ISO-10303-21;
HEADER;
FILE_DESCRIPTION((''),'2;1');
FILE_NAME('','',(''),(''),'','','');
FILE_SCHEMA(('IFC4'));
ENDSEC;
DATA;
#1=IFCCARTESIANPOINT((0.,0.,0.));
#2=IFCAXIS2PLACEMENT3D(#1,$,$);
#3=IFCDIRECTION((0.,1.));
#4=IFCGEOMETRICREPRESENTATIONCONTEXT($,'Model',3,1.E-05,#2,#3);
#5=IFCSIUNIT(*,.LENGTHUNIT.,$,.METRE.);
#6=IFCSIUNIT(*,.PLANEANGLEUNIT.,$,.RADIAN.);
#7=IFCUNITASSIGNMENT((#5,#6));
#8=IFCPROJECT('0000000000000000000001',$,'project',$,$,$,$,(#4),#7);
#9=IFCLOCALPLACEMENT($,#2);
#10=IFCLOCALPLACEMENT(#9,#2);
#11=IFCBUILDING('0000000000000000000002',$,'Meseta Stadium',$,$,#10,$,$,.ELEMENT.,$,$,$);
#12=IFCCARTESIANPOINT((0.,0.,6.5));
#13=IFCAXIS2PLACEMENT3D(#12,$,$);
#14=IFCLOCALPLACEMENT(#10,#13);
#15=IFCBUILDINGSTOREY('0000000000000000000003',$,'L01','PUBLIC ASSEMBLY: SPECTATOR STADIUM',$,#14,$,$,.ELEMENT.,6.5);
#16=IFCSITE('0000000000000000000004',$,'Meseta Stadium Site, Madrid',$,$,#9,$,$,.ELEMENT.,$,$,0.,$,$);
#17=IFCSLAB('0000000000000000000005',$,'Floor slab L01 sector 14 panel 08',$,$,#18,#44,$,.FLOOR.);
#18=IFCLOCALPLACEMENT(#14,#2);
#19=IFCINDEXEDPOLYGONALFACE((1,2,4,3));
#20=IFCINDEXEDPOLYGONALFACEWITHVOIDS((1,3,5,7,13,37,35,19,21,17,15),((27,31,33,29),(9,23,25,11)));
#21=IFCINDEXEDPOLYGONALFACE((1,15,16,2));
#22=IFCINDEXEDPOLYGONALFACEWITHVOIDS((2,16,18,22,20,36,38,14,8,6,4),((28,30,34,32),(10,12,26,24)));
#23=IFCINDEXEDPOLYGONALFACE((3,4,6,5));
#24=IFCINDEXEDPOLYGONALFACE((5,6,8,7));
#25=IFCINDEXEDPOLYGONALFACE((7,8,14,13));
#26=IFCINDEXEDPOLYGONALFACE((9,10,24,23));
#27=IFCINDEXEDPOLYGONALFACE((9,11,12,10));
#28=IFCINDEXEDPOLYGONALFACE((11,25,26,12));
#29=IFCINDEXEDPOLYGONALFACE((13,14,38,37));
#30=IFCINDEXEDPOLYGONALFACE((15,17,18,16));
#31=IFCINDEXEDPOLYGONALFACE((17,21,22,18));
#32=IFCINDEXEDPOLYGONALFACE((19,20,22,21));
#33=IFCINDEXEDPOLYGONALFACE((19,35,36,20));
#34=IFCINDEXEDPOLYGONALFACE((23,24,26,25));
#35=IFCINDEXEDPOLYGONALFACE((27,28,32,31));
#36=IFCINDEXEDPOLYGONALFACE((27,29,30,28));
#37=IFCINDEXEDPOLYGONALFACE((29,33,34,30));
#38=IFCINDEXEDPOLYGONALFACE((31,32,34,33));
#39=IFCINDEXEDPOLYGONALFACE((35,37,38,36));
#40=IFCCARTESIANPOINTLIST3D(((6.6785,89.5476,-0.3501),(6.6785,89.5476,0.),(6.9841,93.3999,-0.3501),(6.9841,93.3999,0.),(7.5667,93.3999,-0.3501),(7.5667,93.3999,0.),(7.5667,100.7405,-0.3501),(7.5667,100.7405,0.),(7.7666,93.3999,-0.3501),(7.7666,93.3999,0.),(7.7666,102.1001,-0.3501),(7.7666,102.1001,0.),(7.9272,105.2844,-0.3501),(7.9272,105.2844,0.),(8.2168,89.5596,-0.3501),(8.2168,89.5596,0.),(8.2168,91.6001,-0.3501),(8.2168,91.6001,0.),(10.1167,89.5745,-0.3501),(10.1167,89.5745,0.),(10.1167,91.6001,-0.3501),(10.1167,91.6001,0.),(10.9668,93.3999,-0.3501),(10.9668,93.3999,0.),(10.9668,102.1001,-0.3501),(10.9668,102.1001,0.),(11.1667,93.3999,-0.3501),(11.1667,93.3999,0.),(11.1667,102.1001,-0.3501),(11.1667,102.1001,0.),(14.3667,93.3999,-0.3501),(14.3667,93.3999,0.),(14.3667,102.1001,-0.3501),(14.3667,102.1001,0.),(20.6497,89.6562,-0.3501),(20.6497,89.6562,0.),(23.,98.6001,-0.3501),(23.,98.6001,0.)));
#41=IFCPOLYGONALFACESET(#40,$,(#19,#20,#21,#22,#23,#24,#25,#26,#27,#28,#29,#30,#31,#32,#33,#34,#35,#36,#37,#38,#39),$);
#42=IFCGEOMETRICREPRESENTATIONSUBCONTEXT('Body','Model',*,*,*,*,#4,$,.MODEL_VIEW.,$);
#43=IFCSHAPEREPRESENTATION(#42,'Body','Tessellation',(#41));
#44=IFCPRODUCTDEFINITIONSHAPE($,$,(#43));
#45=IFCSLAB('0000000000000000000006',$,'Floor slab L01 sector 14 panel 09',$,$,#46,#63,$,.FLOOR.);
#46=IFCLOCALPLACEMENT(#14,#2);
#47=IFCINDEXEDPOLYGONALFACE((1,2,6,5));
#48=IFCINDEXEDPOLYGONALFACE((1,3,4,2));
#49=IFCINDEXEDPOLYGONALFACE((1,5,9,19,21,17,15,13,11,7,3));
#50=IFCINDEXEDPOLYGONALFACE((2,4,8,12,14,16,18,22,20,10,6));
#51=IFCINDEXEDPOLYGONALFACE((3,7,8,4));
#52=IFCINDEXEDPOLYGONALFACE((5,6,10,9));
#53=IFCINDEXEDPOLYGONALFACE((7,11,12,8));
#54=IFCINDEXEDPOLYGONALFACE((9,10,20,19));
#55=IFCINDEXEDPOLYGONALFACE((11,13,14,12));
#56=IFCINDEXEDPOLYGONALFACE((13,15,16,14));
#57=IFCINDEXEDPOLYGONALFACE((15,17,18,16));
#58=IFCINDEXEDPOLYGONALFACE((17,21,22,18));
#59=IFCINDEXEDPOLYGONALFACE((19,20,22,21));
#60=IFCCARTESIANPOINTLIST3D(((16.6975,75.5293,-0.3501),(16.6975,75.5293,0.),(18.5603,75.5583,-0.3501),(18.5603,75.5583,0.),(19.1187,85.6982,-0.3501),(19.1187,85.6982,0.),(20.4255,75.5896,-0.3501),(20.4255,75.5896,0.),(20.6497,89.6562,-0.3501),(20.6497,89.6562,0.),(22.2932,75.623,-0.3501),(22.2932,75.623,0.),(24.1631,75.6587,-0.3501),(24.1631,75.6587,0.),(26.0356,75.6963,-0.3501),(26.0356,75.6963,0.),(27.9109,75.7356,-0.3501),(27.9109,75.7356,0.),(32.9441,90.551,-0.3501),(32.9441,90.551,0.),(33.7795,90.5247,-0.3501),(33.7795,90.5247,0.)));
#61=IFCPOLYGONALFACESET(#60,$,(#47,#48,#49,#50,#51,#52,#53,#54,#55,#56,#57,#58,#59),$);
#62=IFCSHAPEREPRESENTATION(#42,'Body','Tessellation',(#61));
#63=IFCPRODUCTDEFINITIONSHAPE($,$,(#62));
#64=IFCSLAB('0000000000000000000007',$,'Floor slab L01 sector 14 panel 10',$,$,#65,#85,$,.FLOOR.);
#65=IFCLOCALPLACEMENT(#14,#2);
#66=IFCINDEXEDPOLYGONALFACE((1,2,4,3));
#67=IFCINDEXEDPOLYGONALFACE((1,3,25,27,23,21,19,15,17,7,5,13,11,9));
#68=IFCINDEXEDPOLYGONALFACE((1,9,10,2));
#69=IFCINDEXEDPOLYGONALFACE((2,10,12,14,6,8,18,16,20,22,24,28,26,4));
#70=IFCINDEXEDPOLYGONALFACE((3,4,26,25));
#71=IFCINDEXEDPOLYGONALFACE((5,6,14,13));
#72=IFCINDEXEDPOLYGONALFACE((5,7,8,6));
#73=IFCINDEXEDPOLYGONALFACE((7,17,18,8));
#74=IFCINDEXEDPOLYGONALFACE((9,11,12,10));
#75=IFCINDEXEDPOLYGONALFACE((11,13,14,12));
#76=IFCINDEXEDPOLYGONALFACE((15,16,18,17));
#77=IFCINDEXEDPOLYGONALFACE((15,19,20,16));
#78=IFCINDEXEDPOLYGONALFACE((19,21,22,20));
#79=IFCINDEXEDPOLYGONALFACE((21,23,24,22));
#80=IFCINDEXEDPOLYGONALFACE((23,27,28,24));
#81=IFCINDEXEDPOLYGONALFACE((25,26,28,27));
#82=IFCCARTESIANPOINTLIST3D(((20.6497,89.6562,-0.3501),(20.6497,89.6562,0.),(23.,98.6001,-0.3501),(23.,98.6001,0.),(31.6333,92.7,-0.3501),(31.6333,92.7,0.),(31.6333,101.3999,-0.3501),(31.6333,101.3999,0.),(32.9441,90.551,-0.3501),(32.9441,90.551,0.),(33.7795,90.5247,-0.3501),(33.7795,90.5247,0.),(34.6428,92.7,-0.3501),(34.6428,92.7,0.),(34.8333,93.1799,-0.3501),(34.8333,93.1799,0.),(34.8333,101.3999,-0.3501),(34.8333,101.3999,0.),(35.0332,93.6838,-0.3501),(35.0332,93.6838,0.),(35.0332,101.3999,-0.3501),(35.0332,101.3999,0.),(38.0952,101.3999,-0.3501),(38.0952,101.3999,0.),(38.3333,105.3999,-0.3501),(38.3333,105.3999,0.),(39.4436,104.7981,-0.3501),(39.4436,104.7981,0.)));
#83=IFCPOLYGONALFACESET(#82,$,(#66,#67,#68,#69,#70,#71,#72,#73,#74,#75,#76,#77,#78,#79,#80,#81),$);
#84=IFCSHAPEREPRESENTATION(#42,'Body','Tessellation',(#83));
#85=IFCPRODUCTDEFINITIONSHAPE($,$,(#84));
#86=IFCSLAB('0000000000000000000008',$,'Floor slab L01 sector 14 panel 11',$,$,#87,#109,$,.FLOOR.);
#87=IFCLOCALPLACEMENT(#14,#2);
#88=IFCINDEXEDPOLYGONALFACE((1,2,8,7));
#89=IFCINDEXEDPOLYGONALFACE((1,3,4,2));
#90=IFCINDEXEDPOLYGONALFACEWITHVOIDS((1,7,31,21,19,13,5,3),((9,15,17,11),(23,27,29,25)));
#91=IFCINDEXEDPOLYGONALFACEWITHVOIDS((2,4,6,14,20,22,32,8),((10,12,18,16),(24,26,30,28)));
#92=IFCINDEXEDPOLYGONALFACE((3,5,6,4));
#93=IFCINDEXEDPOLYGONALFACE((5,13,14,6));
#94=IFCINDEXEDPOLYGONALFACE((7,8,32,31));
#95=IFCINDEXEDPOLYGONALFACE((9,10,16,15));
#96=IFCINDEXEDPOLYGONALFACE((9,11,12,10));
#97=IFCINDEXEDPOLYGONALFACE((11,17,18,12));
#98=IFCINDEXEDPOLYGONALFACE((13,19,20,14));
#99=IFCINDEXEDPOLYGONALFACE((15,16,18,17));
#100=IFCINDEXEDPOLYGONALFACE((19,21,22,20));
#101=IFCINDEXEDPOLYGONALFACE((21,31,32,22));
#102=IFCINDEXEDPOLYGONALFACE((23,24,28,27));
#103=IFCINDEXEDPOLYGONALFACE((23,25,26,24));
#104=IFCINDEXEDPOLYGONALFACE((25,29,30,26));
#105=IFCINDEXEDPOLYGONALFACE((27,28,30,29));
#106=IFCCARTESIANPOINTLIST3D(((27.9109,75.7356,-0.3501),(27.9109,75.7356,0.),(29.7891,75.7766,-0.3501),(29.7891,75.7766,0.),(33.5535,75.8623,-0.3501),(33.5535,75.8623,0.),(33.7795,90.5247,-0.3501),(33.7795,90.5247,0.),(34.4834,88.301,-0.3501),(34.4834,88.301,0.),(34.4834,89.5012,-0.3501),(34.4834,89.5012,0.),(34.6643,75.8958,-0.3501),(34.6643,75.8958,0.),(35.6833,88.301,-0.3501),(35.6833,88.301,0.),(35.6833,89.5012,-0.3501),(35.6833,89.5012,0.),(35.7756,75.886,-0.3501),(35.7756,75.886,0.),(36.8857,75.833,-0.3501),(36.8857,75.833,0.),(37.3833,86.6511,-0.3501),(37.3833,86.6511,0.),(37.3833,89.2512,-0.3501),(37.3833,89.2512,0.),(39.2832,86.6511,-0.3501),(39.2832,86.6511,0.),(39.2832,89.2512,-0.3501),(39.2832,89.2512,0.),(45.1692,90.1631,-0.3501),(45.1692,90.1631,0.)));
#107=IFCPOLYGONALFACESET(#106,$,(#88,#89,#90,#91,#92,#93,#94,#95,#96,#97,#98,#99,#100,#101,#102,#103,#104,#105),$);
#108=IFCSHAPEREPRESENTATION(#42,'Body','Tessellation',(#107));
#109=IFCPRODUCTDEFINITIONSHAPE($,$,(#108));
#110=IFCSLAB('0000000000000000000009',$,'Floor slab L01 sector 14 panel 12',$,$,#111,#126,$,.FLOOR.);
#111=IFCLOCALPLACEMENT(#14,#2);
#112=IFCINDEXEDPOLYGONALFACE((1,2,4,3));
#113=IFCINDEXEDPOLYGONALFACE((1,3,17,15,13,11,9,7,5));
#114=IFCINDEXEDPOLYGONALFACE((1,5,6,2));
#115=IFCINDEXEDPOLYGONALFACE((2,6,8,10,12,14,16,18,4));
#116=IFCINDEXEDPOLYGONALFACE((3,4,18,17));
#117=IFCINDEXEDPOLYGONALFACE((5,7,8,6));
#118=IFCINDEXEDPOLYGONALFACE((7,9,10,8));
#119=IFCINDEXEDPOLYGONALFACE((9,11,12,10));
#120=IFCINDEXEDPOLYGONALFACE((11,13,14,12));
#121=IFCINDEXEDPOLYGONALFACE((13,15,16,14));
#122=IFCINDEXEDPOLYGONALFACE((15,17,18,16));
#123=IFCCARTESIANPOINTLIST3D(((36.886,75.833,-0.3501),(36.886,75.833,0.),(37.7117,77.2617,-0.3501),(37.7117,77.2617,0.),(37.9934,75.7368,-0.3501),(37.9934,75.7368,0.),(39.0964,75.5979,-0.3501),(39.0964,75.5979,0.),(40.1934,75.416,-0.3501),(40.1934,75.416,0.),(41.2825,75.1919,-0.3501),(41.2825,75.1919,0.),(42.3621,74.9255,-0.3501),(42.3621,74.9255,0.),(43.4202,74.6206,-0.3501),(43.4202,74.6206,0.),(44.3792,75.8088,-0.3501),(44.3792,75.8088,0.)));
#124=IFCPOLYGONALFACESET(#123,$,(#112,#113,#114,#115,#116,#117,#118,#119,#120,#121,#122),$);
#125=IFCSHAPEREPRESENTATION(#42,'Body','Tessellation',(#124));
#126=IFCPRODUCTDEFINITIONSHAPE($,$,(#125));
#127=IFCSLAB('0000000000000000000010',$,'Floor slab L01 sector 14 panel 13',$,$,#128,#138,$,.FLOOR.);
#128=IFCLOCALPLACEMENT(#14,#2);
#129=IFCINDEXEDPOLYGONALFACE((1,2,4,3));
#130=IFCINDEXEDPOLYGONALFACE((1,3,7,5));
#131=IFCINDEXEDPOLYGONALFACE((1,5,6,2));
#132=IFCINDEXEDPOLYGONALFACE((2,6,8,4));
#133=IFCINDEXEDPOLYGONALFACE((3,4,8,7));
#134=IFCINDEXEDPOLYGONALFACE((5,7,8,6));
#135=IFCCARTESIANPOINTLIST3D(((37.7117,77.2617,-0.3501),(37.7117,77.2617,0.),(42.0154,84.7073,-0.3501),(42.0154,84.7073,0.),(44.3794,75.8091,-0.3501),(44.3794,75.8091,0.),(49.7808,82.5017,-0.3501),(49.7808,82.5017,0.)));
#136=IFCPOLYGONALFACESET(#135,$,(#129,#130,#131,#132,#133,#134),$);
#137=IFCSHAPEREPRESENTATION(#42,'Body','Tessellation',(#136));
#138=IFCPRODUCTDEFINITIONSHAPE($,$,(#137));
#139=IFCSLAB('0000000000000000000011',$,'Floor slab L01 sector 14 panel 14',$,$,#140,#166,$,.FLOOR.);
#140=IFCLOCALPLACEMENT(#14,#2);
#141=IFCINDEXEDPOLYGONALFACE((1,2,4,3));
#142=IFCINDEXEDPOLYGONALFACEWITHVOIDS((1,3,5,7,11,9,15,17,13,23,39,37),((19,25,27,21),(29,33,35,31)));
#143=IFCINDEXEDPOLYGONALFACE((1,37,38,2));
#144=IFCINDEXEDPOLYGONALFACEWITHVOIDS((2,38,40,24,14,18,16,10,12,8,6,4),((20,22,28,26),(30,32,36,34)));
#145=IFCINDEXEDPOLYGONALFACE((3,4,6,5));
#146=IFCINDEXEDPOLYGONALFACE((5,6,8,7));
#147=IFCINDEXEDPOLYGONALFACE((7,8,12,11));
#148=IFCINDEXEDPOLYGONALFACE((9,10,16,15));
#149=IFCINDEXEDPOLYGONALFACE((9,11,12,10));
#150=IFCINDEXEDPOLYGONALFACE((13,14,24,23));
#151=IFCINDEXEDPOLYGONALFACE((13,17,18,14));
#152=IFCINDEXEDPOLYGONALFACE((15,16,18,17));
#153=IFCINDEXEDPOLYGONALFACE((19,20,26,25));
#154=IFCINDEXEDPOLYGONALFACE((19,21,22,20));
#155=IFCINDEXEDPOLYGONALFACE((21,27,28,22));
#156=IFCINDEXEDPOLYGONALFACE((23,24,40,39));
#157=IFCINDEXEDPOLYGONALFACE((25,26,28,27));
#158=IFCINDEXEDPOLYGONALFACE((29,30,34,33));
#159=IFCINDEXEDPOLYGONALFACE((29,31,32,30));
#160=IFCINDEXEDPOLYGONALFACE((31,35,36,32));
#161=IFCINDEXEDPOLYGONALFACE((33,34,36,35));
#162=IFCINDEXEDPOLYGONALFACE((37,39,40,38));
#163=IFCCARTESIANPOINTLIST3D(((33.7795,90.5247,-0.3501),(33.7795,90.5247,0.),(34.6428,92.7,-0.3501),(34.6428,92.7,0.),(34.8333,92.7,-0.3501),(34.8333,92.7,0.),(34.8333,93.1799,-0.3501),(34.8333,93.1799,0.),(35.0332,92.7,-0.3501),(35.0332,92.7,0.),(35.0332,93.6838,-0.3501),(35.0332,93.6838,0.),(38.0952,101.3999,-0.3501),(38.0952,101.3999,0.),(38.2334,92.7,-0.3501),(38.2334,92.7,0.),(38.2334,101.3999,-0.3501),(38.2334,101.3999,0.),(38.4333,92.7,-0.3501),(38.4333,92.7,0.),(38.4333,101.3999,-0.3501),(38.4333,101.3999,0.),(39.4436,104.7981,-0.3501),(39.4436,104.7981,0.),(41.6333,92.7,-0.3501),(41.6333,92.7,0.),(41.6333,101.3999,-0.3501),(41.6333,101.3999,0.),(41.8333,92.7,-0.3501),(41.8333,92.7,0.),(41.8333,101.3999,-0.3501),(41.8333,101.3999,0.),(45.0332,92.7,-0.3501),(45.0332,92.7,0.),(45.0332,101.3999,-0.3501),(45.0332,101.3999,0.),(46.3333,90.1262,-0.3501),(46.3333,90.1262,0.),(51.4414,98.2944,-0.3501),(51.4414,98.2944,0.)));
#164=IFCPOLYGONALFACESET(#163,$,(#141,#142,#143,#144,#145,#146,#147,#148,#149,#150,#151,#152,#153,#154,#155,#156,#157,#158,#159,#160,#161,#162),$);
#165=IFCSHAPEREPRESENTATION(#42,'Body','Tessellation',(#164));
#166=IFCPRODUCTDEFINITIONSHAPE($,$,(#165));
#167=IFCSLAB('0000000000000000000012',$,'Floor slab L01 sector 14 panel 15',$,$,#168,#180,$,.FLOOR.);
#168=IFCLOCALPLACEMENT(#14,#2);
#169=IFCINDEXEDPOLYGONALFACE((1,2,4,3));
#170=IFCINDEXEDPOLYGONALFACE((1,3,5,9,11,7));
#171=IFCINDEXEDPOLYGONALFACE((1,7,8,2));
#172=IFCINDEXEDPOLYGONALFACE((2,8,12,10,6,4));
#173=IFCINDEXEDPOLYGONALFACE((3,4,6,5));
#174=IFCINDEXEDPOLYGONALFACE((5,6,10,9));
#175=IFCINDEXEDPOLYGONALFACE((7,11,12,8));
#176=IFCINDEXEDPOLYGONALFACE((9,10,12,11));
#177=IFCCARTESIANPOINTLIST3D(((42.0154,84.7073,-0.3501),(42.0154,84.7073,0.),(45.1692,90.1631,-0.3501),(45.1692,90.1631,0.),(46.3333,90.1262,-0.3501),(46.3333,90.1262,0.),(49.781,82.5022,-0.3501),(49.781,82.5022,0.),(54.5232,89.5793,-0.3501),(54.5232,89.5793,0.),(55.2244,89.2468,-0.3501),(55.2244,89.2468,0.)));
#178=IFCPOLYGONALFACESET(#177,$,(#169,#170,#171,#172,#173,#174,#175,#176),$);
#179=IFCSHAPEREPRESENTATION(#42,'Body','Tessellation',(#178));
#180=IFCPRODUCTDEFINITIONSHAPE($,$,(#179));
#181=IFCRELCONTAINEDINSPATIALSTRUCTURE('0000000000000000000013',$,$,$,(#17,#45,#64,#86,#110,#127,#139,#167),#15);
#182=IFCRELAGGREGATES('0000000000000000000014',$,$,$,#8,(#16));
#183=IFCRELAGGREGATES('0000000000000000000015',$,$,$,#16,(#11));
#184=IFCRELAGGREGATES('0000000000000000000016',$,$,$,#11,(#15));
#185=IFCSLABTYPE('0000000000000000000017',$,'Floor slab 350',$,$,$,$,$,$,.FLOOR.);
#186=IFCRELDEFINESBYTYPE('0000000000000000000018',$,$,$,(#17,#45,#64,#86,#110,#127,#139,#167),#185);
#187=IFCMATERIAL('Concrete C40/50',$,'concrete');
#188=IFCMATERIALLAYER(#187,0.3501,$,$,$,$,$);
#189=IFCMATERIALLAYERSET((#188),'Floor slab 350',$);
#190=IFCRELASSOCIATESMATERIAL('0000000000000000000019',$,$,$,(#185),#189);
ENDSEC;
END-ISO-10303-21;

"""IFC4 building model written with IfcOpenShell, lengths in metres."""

from ifc_helpers import new_model, si_unit, direction, frame, origin, place, context, subcontext, project, spatial, polyline, outline, extrude, material, layer, layer_set, type_object, element, save


model = new_model("IFC4")

# Units and contexts
model_context = context("Model", 3, precision=1e-05, world=origin(), true_north=direction((0.0, 1.0)))
body_context = subcontext(model_context, "Body", "Model", "MODEL_VIEW")
ifc_project = project(units=[si_unit("LENGTHUNIT", "METRE"), si_unit("PLANEANGLEUNIT", "RADIAN")], contexts=[model_context])

# Site, building, storey
site_placement = place(None, origin())
site = spatial("IfcSite", under=ifc_project, at=site_placement, Name="Meseta Stadium Site, Madrid", CompositionType="ELEMENT", RefElevation=0.0)
building_placement = place(site_placement, origin())
building = spatial("IfcBuilding", under=site, at=building_placement, Name="Meseta Stadium", CompositionType="ELEMENT")
storey_placement = place(building_placement, frame((0.0, 0.0, 6.5)))
storey = spatial("IfcBuildingStorey", under=building, at=storey_placement, Name="L01", Description="PUBLIC ASSEMBLY: SPECTATOR STADIUM", CompositionType="ELEMENT", Elevation=6.5)

# Slabs
ifc_material = material(Name="Concrete C40/50", Category="concrete")
ifc_layer = layer(ifc_material, 0.3501)
ifc_layer_set = layer_set([ifc_layer], Name="Floor slab 350")
slab_type = type_object("IfcSlabType", Name="Floor slab 350", PredefinedType="FLOOR", material=ifc_layer_set)
slab_1_placement = place(storey_placement, frame((0.0, 0.0, -0.3501)))
element("IfcSlab", 1, at=slab_1_placement, inside=storey, type_object=slab_type, Name="Floor slab L01 sector 14 panel 08", PredefinedType="FLOOR", context=body_context, shape_type="SweptSolid", body=[
    extrude(outline(polyline([(10.1167, 91.6001), (10.1167, 89.5745), (20.6497, 89.6562), (23.0, 98.6001), (7.9272, 105.2844), (7.5667, 100.7405), (7.5667, 93.3999), (6.9841, 93.3999), (6.6785, 89.5476), (8.2168, 89.5596), (8.2168, 91.6001), (10.1167, 91.6001)]), holes=[polyline([(10.9668, 102.1001), (10.9668, 93.3999), (7.7666, 93.3999), (7.7666, 102.1001), (10.9668, 102.1001)]), polyline([(14.3667, 102.1001), (14.3667, 93.3999), (11.1667, 93.3999), (11.1667, 102.1001), (14.3667, 102.1001)])]), origin(), (0.0, 0.0, 1.0), 0.3501),
])
slab_2_placement = place(storey_placement, frame((0.0, 0.0, -0.3501)))
element("IfcSlab", 2, at=slab_2_placement, inside=storey, type_object=slab_type, Name="Floor slab L01 sector 14 panel 09", PredefinedType="FLOOR", context=body_context, shape_type="SweptSolid", body=[
    extrude(outline(polyline([(33.7795, 90.5247), (32.9441, 90.551), (20.6497, 89.6562), (19.1187, 85.6982), (16.6975, 75.5293), (18.5603, 75.5583), (20.4255, 75.5896), (22.2932, 75.623), (24.1631, 75.6587), (26.0356, 75.6963), (27.9109, 75.7356), (33.7795, 90.5247)])), origin(), (0.0, 0.0, 1.0), 0.3501),
])
slab_3_placement = place(storey_placement, frame((0.0, 0.0, -0.3501)))
element("IfcSlab", 3, at=slab_3_placement, inside=storey, type_object=slab_type, Name="Floor slab L01 sector 14 panel 10", PredefinedType="FLOOR", context=body_context, shape_type="SweptSolid", body=[
    extrude(outline(polyline([(38.0952, 101.3999), (39.4436, 104.7981), (38.3333, 105.3999), (23.0, 98.6001), (20.6497, 89.6562), (32.9441, 90.551), (33.7795, 90.5247), (34.6428, 92.7), (31.6333, 92.7), (31.6333, 101.3999), (34.8333, 101.3999), (34.8333, 93.1799), (35.0332, 93.6838), (35.0332, 101.3999), (38.0952, 101.3999)])), origin(), (0.0, 0.0, 1.0), 0.3501),
])
slab_4_placement = place(storey_placement, frame((0.0, 0.0, -0.3501)))
element("IfcSlab", 4, at=slab_4_placement, inside=storey, type_object=slab_type, Name="Floor slab L01 sector 14 panel 11", PredefinedType="FLOOR", context=body_context, shape_type="SweptSolid", body=[
    extrude(outline(polyline([(33.7795, 90.5247), (27.9109, 75.7356), (29.7891, 75.7766), (33.5535, 75.8623), (34.6643, 75.8958), (35.7756, 75.886), (36.8857, 75.833), (45.1692, 90.1631), (33.7795, 90.5247)]), holes=[polyline([(37.3833, 89.2512), (39.2832, 89.2512), (39.2832, 86.6511), (37.3833, 86.6511), (37.3833, 89.2512)]), polyline([(35.6833, 88.301), (34.4834, 88.301), (34.4834, 89.5012), (35.6833, 89.5012), (35.6833, 88.301)])]), origin(), (0.0, 0.0, 1.0), 0.3501),
])
slab_5_placement = place(storey_placement, frame((0.0, 0.0, -0.3501)))
element("IfcSlab", 5, at=slab_5_placement, inside=storey, type_object=slab_type, Name="Floor slab L01 sector 14 panel 12", PredefinedType="FLOOR", context=body_context, shape_type="SweptSolid", body=[
    extrude(outline(polyline([(42.3621, 74.9255), (43.4202, 74.6206), (44.3792, 75.8088), (37.7117, 77.2617), (36.886, 75.833), (37.9934, 75.7368), (39.0964, 75.5979), (40.1934, 75.416), (41.2825, 75.1919), (42.3621, 74.9255)])), origin(), (0.0, 0.0, 1.0), 0.3501),
])
slab_6_placement = place(storey_placement, frame((0.0, 0.0, -0.3501)))
element("IfcSlab", 6, at=slab_6_placement, inside=storey, type_object=slab_type, Name="Floor slab L01 sector 14 panel 13", PredefinedType="FLOOR", context=body_context, shape_type="SweptSolid", body=[
    extrude(outline(polyline([(37.7117, 77.2617), (44.3794, 75.8091), (49.7808, 82.5017), (42.0154, 84.7073), (37.7117, 77.2617)])), origin(), (0.0, 0.0, 1.0), 0.3501),
])
slab_7_placement = place(storey_placement, frame((0.0, 0.0, -0.3501)))
element("IfcSlab", 7, at=slab_7_placement, inside=storey, type_object=slab_type, Name="Floor slab L01 sector 14 panel 14", PredefinedType="FLOOR", context=body_context, shape_type="SweptSolid", body=[
    extrude(outline(polyline([(34.6428, 92.7), (33.7795, 90.5247), (46.3333, 90.1262), (51.4414, 98.2944), (39.4436, 104.7981), (38.0952, 101.3999), (38.2334, 101.3999), (38.2334, 92.7), (35.0332, 92.7), (35.0332, 93.6838), (34.8333, 93.1799), (34.8333, 92.7), (34.6428, 92.7)]), holes=[polyline([(38.4333, 101.3999), (41.6333, 101.3999), (41.6333, 92.7), (38.4333, 92.7), (38.4333, 101.3999)]), polyline([(41.8333, 101.3999), (45.0332, 101.3999), (45.0332, 92.7), (41.8333, 92.7), (41.8333, 101.3999)])]), origin(), (0.0, 0.0, 1.0), 0.3501),
])
slab_8_placement = place(storey_placement, frame((0.0, 0.0, -0.3501)))
element("IfcSlab", 8, at=slab_8_placement, inside=storey, type_object=slab_type, Name="Floor slab L01 sector 14 panel 15", PredefinedType="FLOOR", context=body_context, shape_type="SweptSolid", body=[
    extrude(outline(polyline([(42.0154, 84.7073), (49.781, 82.5022), (55.2244, 89.2468), (54.5232, 89.5793), (46.3333, 90.1262), (45.1692, 90.1631), (42.0154, 84.7073)])), origin(), (0.0, 0.0, 1.0), 0.3501),
])

save(model, "model.ifc")
